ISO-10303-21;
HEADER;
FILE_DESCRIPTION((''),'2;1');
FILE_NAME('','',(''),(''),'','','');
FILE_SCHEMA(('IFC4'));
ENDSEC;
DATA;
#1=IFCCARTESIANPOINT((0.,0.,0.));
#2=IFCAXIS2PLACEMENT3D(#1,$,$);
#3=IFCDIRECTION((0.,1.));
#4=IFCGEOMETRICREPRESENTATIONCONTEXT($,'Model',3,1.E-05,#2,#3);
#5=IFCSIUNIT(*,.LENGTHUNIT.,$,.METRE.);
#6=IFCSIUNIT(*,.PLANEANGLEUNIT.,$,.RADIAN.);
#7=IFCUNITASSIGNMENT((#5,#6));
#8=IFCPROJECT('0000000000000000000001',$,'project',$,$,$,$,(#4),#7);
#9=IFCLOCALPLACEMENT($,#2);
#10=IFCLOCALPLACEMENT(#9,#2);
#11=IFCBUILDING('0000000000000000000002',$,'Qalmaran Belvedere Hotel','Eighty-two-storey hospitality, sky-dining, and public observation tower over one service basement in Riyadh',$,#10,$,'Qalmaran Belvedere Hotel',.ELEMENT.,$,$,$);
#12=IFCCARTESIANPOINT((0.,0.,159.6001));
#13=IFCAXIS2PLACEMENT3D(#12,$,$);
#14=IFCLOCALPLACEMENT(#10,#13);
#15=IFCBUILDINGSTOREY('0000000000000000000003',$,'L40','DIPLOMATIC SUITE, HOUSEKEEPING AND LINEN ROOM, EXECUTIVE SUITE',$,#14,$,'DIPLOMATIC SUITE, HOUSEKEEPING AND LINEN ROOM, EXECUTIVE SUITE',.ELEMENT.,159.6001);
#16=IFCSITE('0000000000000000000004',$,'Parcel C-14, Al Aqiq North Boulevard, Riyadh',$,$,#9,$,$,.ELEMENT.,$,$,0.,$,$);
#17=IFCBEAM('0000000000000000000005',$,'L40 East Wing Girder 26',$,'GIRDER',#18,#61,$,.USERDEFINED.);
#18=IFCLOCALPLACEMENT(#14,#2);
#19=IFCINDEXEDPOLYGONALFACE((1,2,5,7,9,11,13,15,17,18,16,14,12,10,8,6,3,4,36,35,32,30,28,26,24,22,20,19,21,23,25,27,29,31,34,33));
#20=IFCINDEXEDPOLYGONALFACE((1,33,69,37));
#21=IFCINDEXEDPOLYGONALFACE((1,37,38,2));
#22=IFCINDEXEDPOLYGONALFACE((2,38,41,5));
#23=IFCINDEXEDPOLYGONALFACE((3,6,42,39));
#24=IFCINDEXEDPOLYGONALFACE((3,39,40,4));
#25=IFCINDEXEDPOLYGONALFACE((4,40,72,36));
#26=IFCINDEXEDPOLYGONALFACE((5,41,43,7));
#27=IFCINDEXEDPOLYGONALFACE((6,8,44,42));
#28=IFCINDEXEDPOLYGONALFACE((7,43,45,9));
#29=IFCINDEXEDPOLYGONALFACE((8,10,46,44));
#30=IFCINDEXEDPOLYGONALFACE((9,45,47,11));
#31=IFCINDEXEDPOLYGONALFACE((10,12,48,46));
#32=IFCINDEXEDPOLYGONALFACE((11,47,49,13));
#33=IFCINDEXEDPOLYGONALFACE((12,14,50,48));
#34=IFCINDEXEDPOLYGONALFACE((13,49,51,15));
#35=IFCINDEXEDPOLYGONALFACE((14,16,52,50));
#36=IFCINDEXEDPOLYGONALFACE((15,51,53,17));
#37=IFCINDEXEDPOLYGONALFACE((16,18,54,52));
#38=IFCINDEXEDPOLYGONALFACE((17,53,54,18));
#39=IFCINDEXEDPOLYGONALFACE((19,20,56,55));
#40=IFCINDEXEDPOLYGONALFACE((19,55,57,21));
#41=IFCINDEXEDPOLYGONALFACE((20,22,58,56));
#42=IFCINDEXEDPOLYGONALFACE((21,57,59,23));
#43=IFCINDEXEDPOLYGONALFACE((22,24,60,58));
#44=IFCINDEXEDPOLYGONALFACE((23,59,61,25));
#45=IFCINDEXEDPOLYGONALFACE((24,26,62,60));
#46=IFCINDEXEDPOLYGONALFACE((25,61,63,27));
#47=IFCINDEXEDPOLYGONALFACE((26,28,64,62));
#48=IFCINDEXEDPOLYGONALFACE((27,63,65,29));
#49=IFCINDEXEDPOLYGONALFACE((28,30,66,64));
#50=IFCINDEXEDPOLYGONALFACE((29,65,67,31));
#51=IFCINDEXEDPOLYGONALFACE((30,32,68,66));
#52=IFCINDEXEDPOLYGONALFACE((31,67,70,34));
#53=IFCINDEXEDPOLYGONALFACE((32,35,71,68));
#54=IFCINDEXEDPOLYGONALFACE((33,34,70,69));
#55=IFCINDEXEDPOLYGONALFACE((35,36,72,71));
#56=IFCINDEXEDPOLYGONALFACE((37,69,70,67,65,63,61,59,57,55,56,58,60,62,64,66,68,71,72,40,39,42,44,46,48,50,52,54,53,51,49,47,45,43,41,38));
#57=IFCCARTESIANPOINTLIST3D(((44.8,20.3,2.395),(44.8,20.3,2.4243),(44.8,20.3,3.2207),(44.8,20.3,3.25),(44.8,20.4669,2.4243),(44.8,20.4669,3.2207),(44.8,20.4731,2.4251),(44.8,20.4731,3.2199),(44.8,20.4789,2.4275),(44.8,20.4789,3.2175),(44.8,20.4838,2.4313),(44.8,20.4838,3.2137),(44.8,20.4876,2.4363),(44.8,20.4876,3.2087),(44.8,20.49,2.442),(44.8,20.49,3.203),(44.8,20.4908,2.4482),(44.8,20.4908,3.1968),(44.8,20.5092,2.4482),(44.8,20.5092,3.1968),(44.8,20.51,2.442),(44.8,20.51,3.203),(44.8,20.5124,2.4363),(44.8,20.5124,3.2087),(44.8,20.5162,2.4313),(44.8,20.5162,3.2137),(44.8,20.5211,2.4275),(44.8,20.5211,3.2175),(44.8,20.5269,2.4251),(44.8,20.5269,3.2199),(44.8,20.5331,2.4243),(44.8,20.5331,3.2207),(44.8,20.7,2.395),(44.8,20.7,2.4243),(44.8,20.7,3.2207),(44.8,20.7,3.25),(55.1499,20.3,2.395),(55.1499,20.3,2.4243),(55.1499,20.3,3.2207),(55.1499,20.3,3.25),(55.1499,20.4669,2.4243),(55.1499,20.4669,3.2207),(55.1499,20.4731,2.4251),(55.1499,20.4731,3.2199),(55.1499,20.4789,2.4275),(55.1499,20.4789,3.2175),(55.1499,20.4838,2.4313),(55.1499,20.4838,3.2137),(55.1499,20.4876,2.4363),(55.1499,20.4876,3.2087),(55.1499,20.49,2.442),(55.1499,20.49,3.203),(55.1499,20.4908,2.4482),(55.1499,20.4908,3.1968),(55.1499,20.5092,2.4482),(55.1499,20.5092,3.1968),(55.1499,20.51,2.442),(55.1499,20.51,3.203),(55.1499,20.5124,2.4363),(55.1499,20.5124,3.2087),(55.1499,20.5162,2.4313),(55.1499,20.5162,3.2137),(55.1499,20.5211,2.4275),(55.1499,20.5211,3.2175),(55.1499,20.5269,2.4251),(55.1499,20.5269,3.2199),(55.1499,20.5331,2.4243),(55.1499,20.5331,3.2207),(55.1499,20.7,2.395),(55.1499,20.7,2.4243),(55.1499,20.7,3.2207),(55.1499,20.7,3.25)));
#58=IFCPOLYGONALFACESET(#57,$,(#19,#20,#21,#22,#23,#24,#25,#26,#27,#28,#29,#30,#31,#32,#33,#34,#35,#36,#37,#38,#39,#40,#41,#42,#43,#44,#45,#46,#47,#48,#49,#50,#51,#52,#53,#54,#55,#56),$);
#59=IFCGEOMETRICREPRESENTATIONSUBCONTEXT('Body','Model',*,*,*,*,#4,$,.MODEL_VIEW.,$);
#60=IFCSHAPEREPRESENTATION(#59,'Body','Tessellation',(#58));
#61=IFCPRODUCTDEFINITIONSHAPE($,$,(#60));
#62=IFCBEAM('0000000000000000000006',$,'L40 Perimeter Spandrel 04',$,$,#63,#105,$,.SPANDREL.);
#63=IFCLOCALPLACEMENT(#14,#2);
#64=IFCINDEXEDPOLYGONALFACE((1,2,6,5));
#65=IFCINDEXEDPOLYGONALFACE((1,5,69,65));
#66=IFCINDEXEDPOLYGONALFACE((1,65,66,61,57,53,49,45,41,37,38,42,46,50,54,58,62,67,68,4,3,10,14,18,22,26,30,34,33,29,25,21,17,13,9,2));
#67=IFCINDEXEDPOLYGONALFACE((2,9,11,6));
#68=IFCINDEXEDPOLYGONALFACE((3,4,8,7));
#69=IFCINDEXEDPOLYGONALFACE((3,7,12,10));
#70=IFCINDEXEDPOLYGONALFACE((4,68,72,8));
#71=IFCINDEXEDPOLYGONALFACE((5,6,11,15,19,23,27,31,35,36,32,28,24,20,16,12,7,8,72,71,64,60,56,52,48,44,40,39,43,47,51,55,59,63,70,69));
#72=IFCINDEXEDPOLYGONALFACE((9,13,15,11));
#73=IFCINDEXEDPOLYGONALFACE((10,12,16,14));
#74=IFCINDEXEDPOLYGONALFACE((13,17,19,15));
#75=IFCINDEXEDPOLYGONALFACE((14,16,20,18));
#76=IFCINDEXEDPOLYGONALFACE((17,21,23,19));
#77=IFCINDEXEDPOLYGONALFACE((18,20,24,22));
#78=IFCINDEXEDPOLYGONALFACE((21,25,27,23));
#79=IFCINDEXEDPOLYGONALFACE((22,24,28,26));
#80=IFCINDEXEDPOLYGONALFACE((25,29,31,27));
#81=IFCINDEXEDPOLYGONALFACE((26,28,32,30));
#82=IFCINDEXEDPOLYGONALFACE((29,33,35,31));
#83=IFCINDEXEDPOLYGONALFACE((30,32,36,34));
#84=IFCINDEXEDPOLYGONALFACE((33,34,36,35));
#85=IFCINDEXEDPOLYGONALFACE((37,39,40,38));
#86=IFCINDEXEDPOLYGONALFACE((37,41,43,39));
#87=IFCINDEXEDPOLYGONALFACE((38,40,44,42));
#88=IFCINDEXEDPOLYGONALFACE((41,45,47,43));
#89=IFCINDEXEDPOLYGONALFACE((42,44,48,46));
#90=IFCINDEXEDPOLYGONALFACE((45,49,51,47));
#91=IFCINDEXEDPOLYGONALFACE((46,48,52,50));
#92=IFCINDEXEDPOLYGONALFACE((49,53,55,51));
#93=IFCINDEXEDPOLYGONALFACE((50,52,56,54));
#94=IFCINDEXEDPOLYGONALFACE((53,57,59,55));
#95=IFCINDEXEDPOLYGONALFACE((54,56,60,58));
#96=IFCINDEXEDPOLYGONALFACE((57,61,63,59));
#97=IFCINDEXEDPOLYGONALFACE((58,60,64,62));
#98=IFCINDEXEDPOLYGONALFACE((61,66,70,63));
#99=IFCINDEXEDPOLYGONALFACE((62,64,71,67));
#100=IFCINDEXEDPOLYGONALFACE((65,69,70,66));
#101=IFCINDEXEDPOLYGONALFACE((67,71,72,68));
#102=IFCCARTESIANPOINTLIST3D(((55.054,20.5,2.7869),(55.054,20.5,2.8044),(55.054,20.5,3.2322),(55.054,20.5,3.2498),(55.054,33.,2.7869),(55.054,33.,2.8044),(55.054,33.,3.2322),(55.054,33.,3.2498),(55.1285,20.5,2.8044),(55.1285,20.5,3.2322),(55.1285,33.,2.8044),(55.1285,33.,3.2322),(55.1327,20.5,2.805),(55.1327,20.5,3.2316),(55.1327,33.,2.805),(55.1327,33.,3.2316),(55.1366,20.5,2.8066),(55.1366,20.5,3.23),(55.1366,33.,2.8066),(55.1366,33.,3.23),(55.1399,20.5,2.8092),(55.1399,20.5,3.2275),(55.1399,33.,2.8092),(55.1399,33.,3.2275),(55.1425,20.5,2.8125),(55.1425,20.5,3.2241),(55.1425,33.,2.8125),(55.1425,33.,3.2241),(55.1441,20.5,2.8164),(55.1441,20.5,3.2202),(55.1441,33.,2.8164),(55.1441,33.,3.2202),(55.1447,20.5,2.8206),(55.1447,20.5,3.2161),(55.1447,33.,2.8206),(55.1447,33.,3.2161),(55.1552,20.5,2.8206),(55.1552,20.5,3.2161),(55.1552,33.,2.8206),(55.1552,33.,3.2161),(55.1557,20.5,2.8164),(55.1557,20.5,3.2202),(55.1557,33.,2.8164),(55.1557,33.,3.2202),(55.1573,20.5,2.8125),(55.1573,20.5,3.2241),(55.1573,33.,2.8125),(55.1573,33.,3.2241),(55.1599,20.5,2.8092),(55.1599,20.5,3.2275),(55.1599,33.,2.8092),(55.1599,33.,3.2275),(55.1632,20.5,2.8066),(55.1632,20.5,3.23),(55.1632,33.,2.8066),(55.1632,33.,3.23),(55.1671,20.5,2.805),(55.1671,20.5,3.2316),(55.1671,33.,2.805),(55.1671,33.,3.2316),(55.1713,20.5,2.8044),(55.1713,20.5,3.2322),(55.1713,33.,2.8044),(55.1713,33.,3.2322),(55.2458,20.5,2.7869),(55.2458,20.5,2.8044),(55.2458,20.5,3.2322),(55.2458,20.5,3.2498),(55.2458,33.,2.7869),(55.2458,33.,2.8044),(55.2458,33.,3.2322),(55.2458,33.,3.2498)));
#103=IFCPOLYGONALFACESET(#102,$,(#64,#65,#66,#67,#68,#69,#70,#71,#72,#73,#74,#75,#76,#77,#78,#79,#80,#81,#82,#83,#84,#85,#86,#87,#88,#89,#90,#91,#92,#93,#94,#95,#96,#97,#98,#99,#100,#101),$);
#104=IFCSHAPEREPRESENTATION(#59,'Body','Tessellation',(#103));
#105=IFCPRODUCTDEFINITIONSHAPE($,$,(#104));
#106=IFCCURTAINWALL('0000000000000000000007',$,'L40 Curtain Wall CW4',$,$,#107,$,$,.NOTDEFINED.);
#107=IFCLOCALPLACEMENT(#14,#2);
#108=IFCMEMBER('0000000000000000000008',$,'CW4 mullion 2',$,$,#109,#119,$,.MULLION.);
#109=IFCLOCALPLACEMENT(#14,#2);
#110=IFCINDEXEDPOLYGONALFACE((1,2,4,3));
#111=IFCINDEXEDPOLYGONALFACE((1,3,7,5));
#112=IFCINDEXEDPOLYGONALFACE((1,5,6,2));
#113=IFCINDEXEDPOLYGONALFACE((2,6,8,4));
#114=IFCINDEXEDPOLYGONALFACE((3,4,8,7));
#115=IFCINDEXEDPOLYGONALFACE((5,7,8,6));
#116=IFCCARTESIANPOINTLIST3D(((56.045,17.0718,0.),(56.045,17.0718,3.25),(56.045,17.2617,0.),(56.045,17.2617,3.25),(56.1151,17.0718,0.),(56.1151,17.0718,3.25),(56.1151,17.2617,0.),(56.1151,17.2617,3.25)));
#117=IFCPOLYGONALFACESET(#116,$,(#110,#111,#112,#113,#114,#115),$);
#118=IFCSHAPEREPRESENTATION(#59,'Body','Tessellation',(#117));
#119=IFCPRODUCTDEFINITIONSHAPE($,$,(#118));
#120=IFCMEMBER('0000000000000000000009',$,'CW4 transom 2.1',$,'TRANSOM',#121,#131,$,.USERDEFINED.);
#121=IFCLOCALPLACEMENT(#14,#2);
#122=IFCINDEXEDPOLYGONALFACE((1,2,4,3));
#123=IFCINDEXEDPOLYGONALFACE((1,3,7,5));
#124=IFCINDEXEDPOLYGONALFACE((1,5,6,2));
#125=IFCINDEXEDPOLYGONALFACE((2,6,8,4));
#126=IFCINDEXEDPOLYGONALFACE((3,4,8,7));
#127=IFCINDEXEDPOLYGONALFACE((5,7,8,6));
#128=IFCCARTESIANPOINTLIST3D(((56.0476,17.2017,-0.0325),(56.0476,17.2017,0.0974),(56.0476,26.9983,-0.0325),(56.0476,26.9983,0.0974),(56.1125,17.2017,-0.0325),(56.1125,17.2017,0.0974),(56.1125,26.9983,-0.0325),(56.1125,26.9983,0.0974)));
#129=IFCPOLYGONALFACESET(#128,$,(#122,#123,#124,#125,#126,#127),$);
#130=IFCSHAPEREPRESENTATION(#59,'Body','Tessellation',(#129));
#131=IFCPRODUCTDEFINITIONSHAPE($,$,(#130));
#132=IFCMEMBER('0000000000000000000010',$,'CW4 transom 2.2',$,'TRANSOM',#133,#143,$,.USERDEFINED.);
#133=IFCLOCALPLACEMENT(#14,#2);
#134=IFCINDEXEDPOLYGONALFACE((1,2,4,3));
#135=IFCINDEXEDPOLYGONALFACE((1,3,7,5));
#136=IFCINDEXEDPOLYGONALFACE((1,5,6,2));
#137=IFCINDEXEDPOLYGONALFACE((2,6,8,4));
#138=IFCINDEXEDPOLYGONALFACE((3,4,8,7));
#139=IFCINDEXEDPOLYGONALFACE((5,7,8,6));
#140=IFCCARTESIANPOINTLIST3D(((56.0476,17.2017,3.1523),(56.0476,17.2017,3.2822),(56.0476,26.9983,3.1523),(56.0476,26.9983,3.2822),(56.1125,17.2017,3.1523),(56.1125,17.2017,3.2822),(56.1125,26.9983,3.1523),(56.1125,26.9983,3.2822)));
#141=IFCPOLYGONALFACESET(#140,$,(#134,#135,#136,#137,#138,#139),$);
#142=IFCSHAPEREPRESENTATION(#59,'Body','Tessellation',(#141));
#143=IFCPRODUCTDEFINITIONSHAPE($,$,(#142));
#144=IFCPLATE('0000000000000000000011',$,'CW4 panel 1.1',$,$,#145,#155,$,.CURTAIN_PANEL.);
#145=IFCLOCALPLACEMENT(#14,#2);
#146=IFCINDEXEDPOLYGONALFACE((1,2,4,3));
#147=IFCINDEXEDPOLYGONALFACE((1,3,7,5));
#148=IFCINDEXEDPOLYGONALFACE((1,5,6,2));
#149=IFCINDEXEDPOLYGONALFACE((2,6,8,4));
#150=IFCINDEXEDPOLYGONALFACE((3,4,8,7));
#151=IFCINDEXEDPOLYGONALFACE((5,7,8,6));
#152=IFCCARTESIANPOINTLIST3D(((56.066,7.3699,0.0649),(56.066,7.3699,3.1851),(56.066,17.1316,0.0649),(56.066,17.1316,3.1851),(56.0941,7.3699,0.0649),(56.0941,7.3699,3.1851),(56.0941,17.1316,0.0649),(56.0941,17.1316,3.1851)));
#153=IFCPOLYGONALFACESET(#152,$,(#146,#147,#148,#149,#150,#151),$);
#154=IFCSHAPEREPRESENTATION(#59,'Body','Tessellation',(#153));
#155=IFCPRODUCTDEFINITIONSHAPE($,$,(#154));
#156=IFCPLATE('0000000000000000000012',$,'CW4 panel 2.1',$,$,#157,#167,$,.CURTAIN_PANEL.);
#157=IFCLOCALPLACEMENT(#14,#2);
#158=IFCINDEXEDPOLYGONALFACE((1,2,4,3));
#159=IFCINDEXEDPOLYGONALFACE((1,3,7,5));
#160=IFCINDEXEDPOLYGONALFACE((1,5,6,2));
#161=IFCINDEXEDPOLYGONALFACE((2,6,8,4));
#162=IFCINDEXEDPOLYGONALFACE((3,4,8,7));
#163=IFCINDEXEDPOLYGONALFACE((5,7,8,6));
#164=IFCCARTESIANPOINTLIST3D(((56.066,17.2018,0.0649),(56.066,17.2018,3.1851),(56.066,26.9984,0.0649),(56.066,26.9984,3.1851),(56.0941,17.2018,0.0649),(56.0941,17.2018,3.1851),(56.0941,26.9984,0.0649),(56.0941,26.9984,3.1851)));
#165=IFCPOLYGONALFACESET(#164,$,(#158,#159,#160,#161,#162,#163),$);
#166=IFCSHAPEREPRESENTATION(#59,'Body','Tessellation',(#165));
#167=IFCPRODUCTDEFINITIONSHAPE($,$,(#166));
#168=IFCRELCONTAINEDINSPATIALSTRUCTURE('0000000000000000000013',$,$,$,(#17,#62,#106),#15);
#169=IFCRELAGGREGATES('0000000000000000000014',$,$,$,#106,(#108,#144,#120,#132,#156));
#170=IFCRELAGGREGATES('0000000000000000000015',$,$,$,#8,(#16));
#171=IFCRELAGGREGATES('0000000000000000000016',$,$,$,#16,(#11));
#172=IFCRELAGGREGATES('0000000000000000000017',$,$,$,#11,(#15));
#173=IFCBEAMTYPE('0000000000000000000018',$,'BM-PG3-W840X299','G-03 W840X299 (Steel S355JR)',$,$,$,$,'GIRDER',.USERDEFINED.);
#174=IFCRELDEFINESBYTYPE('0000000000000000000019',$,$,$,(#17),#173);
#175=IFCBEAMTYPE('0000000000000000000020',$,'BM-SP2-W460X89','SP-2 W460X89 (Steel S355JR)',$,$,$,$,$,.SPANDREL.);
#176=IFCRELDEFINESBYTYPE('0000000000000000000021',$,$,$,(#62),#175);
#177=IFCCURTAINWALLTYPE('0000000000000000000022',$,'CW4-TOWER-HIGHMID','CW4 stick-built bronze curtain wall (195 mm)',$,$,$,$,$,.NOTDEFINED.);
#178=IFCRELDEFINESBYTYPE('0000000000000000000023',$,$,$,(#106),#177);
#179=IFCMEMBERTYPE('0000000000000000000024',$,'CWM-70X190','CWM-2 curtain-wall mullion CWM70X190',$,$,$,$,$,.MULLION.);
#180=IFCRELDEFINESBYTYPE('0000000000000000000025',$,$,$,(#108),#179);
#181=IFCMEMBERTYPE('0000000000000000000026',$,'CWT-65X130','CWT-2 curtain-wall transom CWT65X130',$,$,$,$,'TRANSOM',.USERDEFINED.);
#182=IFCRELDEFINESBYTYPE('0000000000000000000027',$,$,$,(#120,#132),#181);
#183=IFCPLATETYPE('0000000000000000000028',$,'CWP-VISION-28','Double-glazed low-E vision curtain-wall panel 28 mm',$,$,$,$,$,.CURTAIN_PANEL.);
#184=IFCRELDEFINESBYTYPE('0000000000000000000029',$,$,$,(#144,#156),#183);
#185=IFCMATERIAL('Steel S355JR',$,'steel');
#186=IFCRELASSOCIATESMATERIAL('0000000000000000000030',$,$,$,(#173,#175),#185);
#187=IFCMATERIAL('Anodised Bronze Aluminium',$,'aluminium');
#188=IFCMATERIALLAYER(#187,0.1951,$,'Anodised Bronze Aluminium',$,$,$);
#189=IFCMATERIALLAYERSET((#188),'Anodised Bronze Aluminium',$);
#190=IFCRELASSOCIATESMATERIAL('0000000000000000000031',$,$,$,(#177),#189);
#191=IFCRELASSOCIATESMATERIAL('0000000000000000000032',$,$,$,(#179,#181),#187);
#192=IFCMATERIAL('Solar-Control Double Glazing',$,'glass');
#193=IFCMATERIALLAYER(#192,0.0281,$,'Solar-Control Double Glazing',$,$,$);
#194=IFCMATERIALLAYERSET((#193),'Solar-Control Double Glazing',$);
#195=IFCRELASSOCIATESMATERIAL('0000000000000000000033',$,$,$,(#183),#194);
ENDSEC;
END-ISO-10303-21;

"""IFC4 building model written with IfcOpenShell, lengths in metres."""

from ifc_helpers import new_model, si_unit, direction, frame, origin, origin_2d, place, context, subcontext, project, spatial, rectangle, i_section, extrude, material, layer, layer_set, material_profile, profile_set, type_object, element, aggregate, save


model = new_model("IFC4")

# Units and contexts
model_context = context("Model", 3, precision=1e-05, world=origin(), true_north=direction((0.0, 1.0)))
body_context = subcontext(model_context, "Body", "Model", "MODEL_VIEW")
ifc_project = project(units=[si_unit("LENGTHUNIT", "METRE"), si_unit("PLANEANGLEUNIT", "RADIAN")], contexts=[model_context])

# Site, building, storey
site_placement = place(None, origin())
site = spatial("IfcSite", under=ifc_project, at=site_placement, Name="Parcel C-14, Al Aqiq North Boulevard, Riyadh", CompositionType="ELEMENT", RefElevation=0.0)
building_placement = place(site_placement, origin())
building = spatial("IfcBuilding", under=site, at=building_placement, Name="Qalmaran Belvedere Hotel", Description="Eighty-two-storey hospitality, sky-dining, and public observation tower over one service basement in Riyadh", LongName="Qalmaran Belvedere Hotel", CompositionType="ELEMENT")
storey_placement = place(building_placement, frame((0.0, 0.0, 159.6001)))
storey = spatial("IfcBuildingStorey", under=building, at=storey_placement, Name="L40", Description="DIPLOMATIC SUITE, HOUSEKEEPING AND LINEN ROOM, EXECUTIVE SUITE", LongName="DIPLOMATIC SUITE, HOUSEKEEPING AND LINEN ROOM, EXECUTIVE SUITE", CompositionType="ELEMENT", Elevation=159.6001)

# Beams
ifc_material_1 = material(Name="Steel S355JR", Category="steel")
ifc_material_profile_1 = material_profile(ifc_material_1, i_section(OverallWidth=0.3999, OverallDepth=0.855, WebThickness=0.0183, FlangeThickness=0.0293, FilletRadius=0.0239, at=origin_2d()), Name="W840X299")
ifc_profile_set_1 = profile_set([ifc_material_profile_1], Name="Steel S355JR")
beam_type_1 = type_object("IfcBeamType", Name="BM-PG3-W840X299", Description="G-03 W840X299 (Steel S355JR)", ElementType="GIRDER", PredefinedType="USERDEFINED", material=ifc_profile_set_1)
beam_1_placement = place(storey_placement, frame((44.8, 20.5, 2.8225), z_axis=(1.0, 0.0, 0.0), x_axis=(0.0, 1.0, 0.0)))
element("IfcBeam", 1, at=beam_1_placement, inside=storey, type_object=beam_type_1, Name="L40 East Wing Girder 26", ObjectType="GIRDER", PredefinedType="USERDEFINED", context=body_context, shape_type="SweptSolid", body=[
    extrude(i_section(OverallWidth=0.3999, OverallDepth=0.855, WebThickness=0.0183, FlangeThickness=0.0293, FilletRadius=0.0239, at=origin_2d()), origin(), (0.0, 0.0, 1.0), 10.3499),
])
ifc_material_profile_2 = material_profile(ifc_material_1, i_section(OverallWidth=0.1919, OverallDepth=0.4629, WebThickness=0.0105, FlangeThickness=0.0176, FilletRadius=0.0161, at=origin_2d()), Name="W460X89")
ifc_profile_set_2 = profile_set([ifc_material_profile_2], Name="Steel S355JR")
beam_type_2 = type_object("IfcBeamType", Name="BM-SP2-W460X89", Description="SP-2 W460X89 (Steel S355JR)", PredefinedType="SPANDREL", material=ifc_profile_set_2)
beam_2_placement = place(storey_placement, frame((55.1499, 20.5, 3.0183), z_axis=(0.0, 1.0, 0.0), x_axis=(-1.0, 0.0, 0.0)))
element("IfcBeam", 2, at=beam_2_placement, inside=storey, type_object=beam_type_2, Name="L40 Perimeter Spandrel 04", PredefinedType="SPANDREL", context=body_context, shape_type="SweptSolid", body=[
    extrude(i_section(OverallWidth=0.1919, OverallDepth=0.4629, WebThickness=0.0105, FlangeThickness=0.0176, FilletRadius=0.0161, at=origin_2d()), origin(), (0.0, 0.0, 1.0), 12.5),
])

# Curtain wall, members, plates
ifc_material_2 = material(Name="Anodised Bronze Aluminium", Category="aluminium")
ifc_layer_1 = layer(ifc_material_2, 0.1951, Name="Anodised Bronze Aluminium")
ifc_layer_set_1 = layer_set([ifc_layer_1], Name="Anodised Bronze Aluminium")
curtain_wall_type = type_object("IfcCurtainWallType", Name="CW4-TOWER-HIGHMID", Description="CW4 stick-built bronze curtain wall (195 mm)", PredefinedType="NOTDEFINED", material=ifc_layer_set_1)
curtain_wall_placement = place(storey_placement, origin())
curtain_wall = element("IfcCurtainWall", 3, at=curtain_wall_placement, inside=storey, type_object=curtain_wall_type, Name="L40 Curtain Wall CW4", PredefinedType="NOTDEFINED")
ifc_material_profile_3 = material_profile(ifc_material_2, rectangle(XDim=0.0701, YDim=0.1899, at=origin_2d()), Name="CWM70X190")
ifc_profile_set_3 = profile_set([ifc_material_profile_3], Name="Anodised Bronze Aluminium")
member_type_1 = type_object("IfcMemberType", Name="CWM-70X190", Description="CWM-2 curtain-wall mullion CWM70X190", PredefinedType="MULLION", material=ifc_profile_set_3)
member_1_placement = place(storey_placement, frame((56.0801, 17.1667, 0.0), z_axis=(0.0, 0.0, 1.0), x_axis=(-1.0, 0.0, 0.0)))
member_1 = element("IfcMember", 4, at=member_1_placement, type_object=member_type_1, Name="CW4 mullion 2", PredefinedType="MULLION", context=body_context, shape_type="SweptSolid", body=[
    extrude(rectangle(XDim=0.0701, YDim=0.1899, at=origin_2d()), origin(), (0.0, 0.0, 1.0), 3.25),
])
ifc_material_profile_4 = material_profile(ifc_material_2, rectangle(XDim=0.0649, YDim=0.1299, at=origin_2d()), Name="CWT65X130")
ifc_profile_set_4 = profile_set([ifc_material_profile_4], Name="Anodised Bronze Aluminium")
member_type_2 = type_object("IfcMemberType", Name="CWT-65X130", Description="CWT-2 curtain-wall transom CWT65X130", ElementType="TRANSOM", PredefinedType="USERDEFINED", material=ifc_profile_set_4)
member_2_placement = place(storey_placement, frame((56.0801, 17.2017, 0.0325), z_axis=(0.0, 1.0, 0.0), x_axis=(-1.0, 0.0, 0.0)))
member_2 = element("IfcMember", 5, at=member_2_placement, type_object=member_type_2, Name="CW4 transom 2.1", ObjectType="TRANSOM", PredefinedType="USERDEFINED", context=body_context, shape_type="SweptSolid", body=[
    extrude(rectangle(XDim=0.0649, YDim=0.1299, at=origin_2d()), origin(), (0.0, 0.0, 1.0), 9.7966),
])
member_3_placement = place(storey_placement, frame((56.0801, 17.2017, 3.2173), z_axis=(0.0, 1.0, 0.0), x_axis=(-1.0, 0.0, 0.0)))
member_3 = element("IfcMember", 6, at=member_3_placement, type_object=member_type_2, Name="CW4 transom 2.2", ObjectType="TRANSOM", PredefinedType="USERDEFINED", context=body_context, shape_type="SweptSolid", body=[
    extrude(rectangle(XDim=0.0649, YDim=0.1299, at=origin_2d()), origin(), (0.0, 0.0, 1.0), 9.7966),
])
ifc_material_3 = material(Name="Solar-Control Double Glazing", Category="glass")
ifc_layer_2 = layer(ifc_material_3, 0.0281, Name="Solar-Control Double Glazing")
ifc_layer_set_2 = layer_set([ifc_layer_2], Name="Solar-Control Double Glazing")
plate_type = type_object("IfcPlateType", Name="CWP-VISION-28", Description="Double-glazed low-E vision curtain-wall panel 28 mm", PredefinedType="CURTAIN_PANEL", material=ifc_layer_set_2)
plate_1_placement = place(storey_placement, frame((56.0801, 12.2507, 0.0649), z_axis=(0.0, 0.0, 1.0), x_axis=(0.0, 1.0, 0.0)))
plate_1 = element("IfcPlate", 7, at=plate_1_placement, type_object=plate_type, Name="CW4 panel 1.1", PredefinedType="CURTAIN_PANEL", context=body_context, shape_type="SweptSolid", body=[
    extrude(rectangle(XDim=9.7617, YDim=0.0281, at=origin_2d()), origin(), (0.0, 0.0, 1.0), 3.1201),
])
plate_2_placement = place(storey_placement, frame((56.0801, 22.1001, 0.0649), z_axis=(0.0, 0.0, 1.0), x_axis=(0.0, 1.0, 0.0)))
plate_2 = element("IfcPlate", 8, at=plate_2_placement, type_object=plate_type, Name="CW4 panel 2.1", PredefinedType="CURTAIN_PANEL", context=body_context, shape_type="SweptSolid", body=[
    extrude(rectangle(XDim=9.7966, YDim=0.0281, at=origin_2d()), origin(), (0.0, 0.0, 1.0), 3.1201),
])
aggregate(curtain_wall, [member_1, plate_1, member_2, member_3, plate_2])

save(model, "model.ifc")
